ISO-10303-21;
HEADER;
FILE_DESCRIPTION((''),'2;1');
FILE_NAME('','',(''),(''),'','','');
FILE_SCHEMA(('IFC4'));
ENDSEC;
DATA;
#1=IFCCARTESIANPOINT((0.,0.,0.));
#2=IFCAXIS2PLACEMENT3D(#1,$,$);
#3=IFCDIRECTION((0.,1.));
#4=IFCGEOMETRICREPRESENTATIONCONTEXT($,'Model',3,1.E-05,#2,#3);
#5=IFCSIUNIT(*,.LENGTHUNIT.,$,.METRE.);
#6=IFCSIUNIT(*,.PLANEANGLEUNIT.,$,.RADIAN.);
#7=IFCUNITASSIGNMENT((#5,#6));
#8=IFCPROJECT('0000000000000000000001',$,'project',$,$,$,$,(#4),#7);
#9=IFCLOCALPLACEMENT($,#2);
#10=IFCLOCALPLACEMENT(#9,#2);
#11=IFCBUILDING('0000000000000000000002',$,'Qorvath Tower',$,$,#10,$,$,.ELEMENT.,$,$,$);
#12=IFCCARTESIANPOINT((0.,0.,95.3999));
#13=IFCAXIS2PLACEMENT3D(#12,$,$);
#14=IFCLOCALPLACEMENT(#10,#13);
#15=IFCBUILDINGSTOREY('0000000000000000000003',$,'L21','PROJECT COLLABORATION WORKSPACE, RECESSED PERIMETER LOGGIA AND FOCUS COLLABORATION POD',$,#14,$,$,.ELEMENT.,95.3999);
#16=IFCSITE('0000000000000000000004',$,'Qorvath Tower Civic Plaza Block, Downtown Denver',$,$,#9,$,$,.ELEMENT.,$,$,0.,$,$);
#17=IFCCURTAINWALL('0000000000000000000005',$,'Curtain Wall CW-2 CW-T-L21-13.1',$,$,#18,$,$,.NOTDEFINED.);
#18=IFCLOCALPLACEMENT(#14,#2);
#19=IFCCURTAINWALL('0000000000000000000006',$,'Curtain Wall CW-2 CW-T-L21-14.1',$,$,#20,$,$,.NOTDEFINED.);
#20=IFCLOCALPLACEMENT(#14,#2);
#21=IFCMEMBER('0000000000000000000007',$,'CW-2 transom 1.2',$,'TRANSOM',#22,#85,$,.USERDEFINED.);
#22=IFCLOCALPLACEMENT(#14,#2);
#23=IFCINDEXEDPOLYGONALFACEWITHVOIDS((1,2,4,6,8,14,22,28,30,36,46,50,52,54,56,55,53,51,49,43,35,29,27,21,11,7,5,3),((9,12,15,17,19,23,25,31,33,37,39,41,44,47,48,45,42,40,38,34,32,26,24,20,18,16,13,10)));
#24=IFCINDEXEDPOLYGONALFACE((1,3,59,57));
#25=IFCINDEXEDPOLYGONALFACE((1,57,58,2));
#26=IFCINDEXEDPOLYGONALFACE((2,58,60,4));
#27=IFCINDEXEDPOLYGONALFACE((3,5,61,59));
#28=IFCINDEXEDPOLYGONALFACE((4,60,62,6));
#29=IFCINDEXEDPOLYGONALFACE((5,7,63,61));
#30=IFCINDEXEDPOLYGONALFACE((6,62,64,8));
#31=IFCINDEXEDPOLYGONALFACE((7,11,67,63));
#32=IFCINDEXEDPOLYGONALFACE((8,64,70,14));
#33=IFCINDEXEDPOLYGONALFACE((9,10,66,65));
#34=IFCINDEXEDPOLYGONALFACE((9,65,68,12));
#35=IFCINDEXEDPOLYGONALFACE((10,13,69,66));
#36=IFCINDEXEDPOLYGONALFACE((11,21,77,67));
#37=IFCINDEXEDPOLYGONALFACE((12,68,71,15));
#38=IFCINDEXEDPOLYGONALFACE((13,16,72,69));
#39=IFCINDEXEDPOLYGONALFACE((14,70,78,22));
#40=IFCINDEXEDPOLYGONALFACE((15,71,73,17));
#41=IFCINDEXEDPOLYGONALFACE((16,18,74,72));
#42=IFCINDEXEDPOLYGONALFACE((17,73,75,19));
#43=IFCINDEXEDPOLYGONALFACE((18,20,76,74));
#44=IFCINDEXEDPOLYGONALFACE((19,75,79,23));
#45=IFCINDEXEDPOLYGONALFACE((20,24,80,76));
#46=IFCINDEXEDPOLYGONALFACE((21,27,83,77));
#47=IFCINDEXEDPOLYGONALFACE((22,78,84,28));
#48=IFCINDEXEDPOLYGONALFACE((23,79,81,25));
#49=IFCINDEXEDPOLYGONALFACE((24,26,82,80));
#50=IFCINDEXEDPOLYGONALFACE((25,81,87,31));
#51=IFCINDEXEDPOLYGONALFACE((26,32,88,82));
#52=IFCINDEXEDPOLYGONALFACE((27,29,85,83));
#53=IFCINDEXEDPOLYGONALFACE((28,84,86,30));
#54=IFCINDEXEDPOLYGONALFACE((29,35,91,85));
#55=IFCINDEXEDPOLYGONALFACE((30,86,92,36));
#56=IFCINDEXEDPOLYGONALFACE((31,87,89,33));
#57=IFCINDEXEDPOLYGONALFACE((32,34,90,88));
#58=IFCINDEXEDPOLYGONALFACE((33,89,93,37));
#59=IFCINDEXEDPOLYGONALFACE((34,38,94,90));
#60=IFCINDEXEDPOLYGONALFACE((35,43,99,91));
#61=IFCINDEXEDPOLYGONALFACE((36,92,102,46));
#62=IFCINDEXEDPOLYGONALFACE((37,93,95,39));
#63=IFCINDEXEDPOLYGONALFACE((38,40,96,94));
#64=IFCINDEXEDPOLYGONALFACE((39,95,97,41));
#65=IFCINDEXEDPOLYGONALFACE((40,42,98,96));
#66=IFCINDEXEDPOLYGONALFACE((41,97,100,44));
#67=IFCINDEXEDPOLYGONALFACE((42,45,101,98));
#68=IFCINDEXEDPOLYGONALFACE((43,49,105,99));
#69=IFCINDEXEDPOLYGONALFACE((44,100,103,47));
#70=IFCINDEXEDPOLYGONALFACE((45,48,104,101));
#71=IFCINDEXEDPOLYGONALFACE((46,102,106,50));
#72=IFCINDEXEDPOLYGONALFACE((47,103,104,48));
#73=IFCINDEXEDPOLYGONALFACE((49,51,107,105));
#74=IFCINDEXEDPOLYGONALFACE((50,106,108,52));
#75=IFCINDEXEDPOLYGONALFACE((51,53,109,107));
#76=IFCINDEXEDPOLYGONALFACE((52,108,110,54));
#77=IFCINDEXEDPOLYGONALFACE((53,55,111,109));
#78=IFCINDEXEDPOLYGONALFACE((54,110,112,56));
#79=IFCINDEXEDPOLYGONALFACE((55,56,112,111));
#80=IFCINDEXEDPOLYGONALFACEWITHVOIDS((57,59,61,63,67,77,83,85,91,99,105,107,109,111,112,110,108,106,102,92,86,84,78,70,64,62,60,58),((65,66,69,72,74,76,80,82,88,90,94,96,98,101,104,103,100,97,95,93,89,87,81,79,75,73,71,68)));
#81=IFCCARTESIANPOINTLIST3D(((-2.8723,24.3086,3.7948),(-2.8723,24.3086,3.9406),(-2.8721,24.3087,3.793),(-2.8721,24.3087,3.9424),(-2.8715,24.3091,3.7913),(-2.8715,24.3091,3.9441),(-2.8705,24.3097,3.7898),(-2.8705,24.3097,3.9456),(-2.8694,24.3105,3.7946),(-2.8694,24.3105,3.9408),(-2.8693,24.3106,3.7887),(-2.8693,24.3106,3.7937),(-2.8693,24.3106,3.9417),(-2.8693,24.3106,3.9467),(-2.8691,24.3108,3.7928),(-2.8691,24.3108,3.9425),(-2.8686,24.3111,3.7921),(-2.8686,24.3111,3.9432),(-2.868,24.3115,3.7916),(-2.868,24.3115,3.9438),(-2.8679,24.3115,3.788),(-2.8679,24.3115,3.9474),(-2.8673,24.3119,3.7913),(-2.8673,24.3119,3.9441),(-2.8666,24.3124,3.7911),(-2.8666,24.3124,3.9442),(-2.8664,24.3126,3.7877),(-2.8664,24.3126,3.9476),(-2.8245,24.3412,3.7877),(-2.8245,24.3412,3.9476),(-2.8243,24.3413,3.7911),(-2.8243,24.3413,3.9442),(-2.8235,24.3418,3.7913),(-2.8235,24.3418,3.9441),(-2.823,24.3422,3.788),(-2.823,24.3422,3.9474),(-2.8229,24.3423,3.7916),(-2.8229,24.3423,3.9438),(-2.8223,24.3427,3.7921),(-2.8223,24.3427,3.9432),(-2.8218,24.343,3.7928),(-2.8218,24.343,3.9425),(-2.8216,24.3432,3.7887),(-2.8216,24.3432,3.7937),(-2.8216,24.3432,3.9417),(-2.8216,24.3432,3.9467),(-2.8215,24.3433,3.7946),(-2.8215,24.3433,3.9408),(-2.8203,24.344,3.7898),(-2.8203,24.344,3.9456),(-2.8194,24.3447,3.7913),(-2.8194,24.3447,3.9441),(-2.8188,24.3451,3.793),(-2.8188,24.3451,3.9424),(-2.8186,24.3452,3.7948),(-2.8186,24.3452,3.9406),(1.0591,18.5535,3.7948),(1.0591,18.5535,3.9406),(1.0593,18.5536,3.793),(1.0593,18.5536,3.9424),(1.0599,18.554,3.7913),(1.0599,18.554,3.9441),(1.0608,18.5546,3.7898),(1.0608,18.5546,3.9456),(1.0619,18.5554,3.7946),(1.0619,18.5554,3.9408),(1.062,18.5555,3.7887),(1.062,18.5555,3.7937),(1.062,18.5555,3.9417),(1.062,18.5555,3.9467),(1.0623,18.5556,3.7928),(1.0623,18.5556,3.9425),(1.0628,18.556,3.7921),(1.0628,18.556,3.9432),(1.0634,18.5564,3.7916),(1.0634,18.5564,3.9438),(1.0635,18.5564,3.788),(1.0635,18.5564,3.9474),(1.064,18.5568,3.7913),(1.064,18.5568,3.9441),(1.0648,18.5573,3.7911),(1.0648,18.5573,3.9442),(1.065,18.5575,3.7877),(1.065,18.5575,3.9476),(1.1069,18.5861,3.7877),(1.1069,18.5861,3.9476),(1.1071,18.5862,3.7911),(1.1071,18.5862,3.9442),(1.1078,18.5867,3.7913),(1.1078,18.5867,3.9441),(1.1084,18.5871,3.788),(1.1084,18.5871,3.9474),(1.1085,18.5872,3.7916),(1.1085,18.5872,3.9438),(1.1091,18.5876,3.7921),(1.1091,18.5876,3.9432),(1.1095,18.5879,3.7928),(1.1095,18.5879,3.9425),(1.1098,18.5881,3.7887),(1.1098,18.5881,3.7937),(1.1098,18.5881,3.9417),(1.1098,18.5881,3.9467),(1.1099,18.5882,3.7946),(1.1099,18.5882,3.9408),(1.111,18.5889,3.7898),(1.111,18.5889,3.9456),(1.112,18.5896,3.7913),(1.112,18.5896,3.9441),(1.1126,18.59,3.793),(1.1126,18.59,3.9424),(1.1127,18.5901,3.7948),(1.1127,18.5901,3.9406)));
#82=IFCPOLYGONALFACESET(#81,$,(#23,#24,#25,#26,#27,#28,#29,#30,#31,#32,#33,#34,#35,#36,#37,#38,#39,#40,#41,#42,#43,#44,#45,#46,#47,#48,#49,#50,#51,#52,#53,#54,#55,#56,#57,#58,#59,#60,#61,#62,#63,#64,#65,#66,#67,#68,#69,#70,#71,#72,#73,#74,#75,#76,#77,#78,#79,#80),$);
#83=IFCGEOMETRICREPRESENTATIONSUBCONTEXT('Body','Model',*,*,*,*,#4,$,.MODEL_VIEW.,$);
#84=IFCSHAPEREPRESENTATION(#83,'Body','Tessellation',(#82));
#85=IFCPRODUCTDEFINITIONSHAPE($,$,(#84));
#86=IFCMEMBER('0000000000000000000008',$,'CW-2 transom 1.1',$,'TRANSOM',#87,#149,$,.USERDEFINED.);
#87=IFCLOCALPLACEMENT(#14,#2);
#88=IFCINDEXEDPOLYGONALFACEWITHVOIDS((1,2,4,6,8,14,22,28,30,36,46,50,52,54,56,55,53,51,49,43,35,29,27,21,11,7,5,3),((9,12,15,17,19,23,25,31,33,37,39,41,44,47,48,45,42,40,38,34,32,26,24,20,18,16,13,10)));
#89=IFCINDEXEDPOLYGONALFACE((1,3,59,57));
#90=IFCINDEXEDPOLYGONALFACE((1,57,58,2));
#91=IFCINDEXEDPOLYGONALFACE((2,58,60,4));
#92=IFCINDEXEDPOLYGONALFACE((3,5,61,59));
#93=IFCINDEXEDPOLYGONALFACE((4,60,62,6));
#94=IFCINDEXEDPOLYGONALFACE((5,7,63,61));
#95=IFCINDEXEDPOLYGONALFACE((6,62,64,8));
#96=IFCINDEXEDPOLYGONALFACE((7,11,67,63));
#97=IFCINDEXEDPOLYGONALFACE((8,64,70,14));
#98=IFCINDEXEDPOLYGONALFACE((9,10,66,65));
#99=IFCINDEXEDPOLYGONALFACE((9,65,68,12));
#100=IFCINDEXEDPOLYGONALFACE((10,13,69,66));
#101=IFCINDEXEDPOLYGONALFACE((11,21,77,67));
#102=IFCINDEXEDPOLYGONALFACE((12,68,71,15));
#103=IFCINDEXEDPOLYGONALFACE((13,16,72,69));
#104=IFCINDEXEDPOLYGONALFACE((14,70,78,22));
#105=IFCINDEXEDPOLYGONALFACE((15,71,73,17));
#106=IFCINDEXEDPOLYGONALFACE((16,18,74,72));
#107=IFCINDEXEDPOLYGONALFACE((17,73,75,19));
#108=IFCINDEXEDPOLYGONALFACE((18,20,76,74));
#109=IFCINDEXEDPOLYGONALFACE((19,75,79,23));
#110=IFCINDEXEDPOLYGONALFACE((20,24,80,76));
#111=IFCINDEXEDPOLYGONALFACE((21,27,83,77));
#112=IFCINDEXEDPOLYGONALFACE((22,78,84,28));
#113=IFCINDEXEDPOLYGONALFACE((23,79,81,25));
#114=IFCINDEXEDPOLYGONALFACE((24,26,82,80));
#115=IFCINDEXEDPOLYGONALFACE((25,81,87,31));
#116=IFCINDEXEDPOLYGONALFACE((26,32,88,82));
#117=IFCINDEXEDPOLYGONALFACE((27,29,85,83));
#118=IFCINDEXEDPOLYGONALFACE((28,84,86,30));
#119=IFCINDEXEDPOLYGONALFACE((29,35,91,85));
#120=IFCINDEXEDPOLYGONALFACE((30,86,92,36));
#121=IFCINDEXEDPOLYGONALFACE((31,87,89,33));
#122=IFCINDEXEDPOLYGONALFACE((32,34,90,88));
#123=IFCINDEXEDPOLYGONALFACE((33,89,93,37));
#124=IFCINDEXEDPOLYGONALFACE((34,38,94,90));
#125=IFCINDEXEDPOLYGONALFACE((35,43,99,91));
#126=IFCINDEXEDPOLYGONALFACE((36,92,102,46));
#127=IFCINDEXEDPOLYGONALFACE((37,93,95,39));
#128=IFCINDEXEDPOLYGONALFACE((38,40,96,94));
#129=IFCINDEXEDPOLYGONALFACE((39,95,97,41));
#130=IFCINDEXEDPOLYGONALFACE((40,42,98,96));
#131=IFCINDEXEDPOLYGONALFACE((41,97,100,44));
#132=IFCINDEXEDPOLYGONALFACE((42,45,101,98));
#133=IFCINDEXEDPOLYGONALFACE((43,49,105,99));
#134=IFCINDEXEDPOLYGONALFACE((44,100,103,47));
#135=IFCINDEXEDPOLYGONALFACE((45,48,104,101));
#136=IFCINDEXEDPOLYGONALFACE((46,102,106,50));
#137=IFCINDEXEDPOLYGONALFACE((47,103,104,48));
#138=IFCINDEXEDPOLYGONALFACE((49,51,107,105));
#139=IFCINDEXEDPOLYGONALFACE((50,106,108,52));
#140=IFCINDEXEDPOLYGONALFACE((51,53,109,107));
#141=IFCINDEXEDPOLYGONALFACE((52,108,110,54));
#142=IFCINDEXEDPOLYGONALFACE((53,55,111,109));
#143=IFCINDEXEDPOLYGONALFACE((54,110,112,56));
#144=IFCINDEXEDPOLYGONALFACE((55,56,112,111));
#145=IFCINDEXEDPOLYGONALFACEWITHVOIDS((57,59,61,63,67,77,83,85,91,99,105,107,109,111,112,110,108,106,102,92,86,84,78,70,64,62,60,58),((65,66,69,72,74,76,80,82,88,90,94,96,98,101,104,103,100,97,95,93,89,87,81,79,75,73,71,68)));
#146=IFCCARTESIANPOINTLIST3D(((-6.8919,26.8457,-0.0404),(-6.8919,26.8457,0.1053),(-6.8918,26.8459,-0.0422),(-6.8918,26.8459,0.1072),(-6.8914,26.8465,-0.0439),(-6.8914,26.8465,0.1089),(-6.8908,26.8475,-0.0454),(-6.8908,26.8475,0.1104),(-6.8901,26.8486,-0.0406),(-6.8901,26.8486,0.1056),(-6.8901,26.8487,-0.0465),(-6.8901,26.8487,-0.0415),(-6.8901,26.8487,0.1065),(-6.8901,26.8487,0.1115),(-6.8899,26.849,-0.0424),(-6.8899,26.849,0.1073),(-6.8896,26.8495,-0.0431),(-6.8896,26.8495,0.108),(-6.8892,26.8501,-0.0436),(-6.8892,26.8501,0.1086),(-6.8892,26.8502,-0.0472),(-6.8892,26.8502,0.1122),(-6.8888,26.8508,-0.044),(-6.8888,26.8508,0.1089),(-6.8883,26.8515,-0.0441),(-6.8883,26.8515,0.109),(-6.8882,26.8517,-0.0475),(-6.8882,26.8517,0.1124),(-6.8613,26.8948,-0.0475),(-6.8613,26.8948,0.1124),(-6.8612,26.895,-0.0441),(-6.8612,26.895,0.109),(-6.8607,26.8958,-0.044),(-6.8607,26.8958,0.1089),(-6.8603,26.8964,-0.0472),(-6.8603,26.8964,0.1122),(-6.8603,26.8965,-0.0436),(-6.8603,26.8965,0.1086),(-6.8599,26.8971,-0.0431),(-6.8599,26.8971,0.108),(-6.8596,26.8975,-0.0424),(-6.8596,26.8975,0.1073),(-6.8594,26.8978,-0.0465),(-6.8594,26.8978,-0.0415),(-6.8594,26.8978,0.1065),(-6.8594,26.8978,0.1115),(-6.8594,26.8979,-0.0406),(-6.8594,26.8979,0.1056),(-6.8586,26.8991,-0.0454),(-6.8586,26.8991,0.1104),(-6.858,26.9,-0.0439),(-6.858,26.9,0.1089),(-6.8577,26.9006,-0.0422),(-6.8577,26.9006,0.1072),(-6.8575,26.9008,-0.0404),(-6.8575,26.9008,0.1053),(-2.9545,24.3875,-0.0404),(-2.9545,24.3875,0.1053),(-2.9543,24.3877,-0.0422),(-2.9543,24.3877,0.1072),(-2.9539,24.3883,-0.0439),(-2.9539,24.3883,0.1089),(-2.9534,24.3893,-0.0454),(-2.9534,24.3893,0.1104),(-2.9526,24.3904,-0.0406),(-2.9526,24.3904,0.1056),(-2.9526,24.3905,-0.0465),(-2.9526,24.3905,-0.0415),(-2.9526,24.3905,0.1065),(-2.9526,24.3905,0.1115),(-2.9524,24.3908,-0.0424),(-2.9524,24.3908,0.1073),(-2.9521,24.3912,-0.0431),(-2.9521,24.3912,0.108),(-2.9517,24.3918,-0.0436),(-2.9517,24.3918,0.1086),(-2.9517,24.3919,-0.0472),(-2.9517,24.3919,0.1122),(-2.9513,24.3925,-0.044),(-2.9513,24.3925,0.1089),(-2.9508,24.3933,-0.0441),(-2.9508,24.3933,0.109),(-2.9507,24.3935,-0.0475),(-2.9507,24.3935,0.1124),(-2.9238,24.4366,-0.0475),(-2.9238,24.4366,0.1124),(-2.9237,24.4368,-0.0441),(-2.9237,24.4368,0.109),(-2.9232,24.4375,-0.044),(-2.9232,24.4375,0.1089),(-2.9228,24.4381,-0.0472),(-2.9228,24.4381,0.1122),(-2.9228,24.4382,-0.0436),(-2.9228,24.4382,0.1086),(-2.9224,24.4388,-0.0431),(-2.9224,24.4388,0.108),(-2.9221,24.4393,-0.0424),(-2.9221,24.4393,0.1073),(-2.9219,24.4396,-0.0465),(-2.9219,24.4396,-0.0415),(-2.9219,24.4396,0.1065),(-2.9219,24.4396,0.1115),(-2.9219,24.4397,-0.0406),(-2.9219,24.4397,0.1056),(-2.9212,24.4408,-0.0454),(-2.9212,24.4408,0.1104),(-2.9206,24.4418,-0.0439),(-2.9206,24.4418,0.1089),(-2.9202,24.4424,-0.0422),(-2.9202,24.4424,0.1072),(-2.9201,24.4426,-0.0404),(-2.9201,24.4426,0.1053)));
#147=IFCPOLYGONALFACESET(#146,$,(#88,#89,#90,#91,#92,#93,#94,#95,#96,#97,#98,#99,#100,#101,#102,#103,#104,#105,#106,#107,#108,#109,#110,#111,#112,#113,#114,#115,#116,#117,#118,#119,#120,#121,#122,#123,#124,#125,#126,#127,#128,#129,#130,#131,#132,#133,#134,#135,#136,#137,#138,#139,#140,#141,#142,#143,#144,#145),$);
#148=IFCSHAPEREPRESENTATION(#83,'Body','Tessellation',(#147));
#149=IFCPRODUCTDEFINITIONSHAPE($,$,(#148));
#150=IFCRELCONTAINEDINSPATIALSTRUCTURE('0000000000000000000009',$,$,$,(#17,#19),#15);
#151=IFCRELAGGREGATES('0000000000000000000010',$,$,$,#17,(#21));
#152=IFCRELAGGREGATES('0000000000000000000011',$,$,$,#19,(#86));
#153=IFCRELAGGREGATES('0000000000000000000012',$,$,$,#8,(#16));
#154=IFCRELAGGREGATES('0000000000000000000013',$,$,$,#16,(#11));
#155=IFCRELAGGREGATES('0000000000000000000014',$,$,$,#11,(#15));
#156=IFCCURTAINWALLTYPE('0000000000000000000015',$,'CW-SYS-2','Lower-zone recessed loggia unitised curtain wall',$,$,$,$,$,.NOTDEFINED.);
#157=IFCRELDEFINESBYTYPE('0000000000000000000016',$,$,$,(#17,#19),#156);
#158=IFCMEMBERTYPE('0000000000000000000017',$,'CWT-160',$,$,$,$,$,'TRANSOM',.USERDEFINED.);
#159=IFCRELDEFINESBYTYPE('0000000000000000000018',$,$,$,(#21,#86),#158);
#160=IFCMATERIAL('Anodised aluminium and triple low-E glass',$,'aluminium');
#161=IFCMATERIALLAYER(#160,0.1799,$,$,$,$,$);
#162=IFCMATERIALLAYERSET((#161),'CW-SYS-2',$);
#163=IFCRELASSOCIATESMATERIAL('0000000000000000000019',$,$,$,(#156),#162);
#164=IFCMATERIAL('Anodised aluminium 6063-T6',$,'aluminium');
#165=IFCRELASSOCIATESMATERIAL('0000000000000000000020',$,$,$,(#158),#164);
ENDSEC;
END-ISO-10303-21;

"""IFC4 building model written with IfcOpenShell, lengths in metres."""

from ifc_helpers import new_model, si_unit, direction, frame, origin, origin_2d, place, context, subcontext, project, spatial, hollow_rectangle, extrude, material, layer, layer_set, material_profile, profile_set, type_object, element, aggregate, save


model = new_model("IFC4")

# Units and contexts
model_context = context("Model", 3, precision=1e-05, world=origin(), true_north=direction((0.0, 1.0)))
body_context = subcontext(model_context, "Body", "Model", "MODEL_VIEW")
ifc_project = project(units=[si_unit("LENGTHUNIT", "METRE"), si_unit("PLANEANGLEUNIT", "RADIAN")], contexts=[model_context])

# Site, building, storey
site_placement = place(None, origin())
site = spatial("IfcSite", under=ifc_project, at=site_placement, Name="Qorvath Tower Civic Plaza Block, Downtown Denver", CompositionType="ELEMENT", RefElevation=0.0)
building_placement = place(site_placement, origin())
building = spatial("IfcBuilding", under=site, at=building_placement, Name="Qorvath Tower", CompositionType="ELEMENT")
storey_placement = place(building_placement, frame((0.0, 0.0, 95.3999)))
storey = spatial("IfcBuildingStorey", under=building, at=storey_placement, Name="L21", Description="PROJECT COLLABORATION WORKSPACE, RECESSED PERIMETER LOGGIA AND FOCUS COLLABORATION POD", CompositionType="ELEMENT", Elevation=95.3999)

# Shared definitions
ifc_material_1 = material(Name="Anodised aluminium and triple low-E glass", Category="aluminium")
ifc_layer_1 = layer(ifc_material_1, 0.1799)
ifc_layer_set_1 = layer_set([ifc_layer_1], Name="CW-SYS-2")
curtain_wall_type = type_object("IfcCurtainWallType", Name="CW-SYS-2", Description="Lower-zone recessed loggia unitised curtain wall", PredefinedType="NOTDEFINED", material=ifc_layer_set_1)

# Curtain walls
curtain_wall_1_placement = place(storey_placement, origin())
curtain_wall_1 = element("IfcCurtainWall", 1, at=curtain_wall_1_placement, inside=storey, type_object=curtain_wall_type, Name="Curtain Wall CW-2 CW-T-L21-13.1", PredefinedType="NOTDEFINED")
curtain_wall_2_placement = place(storey_placement, origin())
curtain_wall_2 = element("IfcCurtainWall", 2, at=curtain_wall_2_placement, inside=storey, type_object=curtain_wall_type, Name="Curtain Wall CW-2 CW-T-L21-14.1", PredefinedType="NOTDEFINED")

# Members
ifc_material_2 = material(Name="Anodised aluminium 6063-T6", Category="aluminium")
ifc_material_profile_1 = material_profile(ifc_material_2, hollow_rectangle(XDim=0.0649, YDim=0.1599, WallThickness=0.0034, InnerFilletRadius=0.0034, OuterFilletRadius=0.0071, at=origin_2d()), Name="CWT 160x65")
ifc_profile_set_1 = profile_set([ifc_material_profile_1], Name="Anodised aluminium 6063-T6")
member_type_1 = type_object("IfcMemberType", Name="CWT-160", ElementType="TRANSOM", PredefinedType="USERDEFINED", material=ifc_profile_set_1)
member_1_placement = place(storey_placement, frame((1.0859, 18.5718, 3.8677), z_axis=(-0.564066, 0.82573, 0.0), x_axis=(-0.82573, -0.564066, 0.0)))
member_1 = element("IfcMember", 3, at=member_1_placement, type_object=member_type_1, Name="CW-2 transom 1.2", ObjectType="TRANSOM", PredefinedType="USERDEFINED", context=body_context, shape_type="SweptSolid", body=[
    extrude(hollow_rectangle(XDim=0.0649, YDim=0.1599, WallThickness=0.0034, InnerFilletRadius=0.0034, OuterFilletRadius=0.0071, at=origin_2d()), origin(), (0.0, 0.0, 1.0), 6.9697),
])
member_2_placement = place(storey_placement, frame((-2.9373, 24.415, 0.0325), z_axis=(-0.848258, 0.529583, 0.0), x_axis=(-0.529583, -0.848258, 0.0)))
member_2 = element("IfcMember", 4, at=member_2_placement, type_object=member_type_1, Name="CW-2 transom 1.1", ObjectType="TRANSOM", PredefinedType="USERDEFINED", context=body_context, shape_type="SweptSolid", body=[
    extrude(hollow_rectangle(XDim=0.0649, YDim=0.1599, WallThickness=0.0034, InnerFilletRadius=0.0034, OuterFilletRadius=0.0071, at=origin_2d()), origin(), (0.0, 0.0, 1.0), 4.6418),
])

aggregate(curtain_wall_1, [member_1])
aggregate(curtain_wall_2, [member_2])

save(model, "model.ifc")
